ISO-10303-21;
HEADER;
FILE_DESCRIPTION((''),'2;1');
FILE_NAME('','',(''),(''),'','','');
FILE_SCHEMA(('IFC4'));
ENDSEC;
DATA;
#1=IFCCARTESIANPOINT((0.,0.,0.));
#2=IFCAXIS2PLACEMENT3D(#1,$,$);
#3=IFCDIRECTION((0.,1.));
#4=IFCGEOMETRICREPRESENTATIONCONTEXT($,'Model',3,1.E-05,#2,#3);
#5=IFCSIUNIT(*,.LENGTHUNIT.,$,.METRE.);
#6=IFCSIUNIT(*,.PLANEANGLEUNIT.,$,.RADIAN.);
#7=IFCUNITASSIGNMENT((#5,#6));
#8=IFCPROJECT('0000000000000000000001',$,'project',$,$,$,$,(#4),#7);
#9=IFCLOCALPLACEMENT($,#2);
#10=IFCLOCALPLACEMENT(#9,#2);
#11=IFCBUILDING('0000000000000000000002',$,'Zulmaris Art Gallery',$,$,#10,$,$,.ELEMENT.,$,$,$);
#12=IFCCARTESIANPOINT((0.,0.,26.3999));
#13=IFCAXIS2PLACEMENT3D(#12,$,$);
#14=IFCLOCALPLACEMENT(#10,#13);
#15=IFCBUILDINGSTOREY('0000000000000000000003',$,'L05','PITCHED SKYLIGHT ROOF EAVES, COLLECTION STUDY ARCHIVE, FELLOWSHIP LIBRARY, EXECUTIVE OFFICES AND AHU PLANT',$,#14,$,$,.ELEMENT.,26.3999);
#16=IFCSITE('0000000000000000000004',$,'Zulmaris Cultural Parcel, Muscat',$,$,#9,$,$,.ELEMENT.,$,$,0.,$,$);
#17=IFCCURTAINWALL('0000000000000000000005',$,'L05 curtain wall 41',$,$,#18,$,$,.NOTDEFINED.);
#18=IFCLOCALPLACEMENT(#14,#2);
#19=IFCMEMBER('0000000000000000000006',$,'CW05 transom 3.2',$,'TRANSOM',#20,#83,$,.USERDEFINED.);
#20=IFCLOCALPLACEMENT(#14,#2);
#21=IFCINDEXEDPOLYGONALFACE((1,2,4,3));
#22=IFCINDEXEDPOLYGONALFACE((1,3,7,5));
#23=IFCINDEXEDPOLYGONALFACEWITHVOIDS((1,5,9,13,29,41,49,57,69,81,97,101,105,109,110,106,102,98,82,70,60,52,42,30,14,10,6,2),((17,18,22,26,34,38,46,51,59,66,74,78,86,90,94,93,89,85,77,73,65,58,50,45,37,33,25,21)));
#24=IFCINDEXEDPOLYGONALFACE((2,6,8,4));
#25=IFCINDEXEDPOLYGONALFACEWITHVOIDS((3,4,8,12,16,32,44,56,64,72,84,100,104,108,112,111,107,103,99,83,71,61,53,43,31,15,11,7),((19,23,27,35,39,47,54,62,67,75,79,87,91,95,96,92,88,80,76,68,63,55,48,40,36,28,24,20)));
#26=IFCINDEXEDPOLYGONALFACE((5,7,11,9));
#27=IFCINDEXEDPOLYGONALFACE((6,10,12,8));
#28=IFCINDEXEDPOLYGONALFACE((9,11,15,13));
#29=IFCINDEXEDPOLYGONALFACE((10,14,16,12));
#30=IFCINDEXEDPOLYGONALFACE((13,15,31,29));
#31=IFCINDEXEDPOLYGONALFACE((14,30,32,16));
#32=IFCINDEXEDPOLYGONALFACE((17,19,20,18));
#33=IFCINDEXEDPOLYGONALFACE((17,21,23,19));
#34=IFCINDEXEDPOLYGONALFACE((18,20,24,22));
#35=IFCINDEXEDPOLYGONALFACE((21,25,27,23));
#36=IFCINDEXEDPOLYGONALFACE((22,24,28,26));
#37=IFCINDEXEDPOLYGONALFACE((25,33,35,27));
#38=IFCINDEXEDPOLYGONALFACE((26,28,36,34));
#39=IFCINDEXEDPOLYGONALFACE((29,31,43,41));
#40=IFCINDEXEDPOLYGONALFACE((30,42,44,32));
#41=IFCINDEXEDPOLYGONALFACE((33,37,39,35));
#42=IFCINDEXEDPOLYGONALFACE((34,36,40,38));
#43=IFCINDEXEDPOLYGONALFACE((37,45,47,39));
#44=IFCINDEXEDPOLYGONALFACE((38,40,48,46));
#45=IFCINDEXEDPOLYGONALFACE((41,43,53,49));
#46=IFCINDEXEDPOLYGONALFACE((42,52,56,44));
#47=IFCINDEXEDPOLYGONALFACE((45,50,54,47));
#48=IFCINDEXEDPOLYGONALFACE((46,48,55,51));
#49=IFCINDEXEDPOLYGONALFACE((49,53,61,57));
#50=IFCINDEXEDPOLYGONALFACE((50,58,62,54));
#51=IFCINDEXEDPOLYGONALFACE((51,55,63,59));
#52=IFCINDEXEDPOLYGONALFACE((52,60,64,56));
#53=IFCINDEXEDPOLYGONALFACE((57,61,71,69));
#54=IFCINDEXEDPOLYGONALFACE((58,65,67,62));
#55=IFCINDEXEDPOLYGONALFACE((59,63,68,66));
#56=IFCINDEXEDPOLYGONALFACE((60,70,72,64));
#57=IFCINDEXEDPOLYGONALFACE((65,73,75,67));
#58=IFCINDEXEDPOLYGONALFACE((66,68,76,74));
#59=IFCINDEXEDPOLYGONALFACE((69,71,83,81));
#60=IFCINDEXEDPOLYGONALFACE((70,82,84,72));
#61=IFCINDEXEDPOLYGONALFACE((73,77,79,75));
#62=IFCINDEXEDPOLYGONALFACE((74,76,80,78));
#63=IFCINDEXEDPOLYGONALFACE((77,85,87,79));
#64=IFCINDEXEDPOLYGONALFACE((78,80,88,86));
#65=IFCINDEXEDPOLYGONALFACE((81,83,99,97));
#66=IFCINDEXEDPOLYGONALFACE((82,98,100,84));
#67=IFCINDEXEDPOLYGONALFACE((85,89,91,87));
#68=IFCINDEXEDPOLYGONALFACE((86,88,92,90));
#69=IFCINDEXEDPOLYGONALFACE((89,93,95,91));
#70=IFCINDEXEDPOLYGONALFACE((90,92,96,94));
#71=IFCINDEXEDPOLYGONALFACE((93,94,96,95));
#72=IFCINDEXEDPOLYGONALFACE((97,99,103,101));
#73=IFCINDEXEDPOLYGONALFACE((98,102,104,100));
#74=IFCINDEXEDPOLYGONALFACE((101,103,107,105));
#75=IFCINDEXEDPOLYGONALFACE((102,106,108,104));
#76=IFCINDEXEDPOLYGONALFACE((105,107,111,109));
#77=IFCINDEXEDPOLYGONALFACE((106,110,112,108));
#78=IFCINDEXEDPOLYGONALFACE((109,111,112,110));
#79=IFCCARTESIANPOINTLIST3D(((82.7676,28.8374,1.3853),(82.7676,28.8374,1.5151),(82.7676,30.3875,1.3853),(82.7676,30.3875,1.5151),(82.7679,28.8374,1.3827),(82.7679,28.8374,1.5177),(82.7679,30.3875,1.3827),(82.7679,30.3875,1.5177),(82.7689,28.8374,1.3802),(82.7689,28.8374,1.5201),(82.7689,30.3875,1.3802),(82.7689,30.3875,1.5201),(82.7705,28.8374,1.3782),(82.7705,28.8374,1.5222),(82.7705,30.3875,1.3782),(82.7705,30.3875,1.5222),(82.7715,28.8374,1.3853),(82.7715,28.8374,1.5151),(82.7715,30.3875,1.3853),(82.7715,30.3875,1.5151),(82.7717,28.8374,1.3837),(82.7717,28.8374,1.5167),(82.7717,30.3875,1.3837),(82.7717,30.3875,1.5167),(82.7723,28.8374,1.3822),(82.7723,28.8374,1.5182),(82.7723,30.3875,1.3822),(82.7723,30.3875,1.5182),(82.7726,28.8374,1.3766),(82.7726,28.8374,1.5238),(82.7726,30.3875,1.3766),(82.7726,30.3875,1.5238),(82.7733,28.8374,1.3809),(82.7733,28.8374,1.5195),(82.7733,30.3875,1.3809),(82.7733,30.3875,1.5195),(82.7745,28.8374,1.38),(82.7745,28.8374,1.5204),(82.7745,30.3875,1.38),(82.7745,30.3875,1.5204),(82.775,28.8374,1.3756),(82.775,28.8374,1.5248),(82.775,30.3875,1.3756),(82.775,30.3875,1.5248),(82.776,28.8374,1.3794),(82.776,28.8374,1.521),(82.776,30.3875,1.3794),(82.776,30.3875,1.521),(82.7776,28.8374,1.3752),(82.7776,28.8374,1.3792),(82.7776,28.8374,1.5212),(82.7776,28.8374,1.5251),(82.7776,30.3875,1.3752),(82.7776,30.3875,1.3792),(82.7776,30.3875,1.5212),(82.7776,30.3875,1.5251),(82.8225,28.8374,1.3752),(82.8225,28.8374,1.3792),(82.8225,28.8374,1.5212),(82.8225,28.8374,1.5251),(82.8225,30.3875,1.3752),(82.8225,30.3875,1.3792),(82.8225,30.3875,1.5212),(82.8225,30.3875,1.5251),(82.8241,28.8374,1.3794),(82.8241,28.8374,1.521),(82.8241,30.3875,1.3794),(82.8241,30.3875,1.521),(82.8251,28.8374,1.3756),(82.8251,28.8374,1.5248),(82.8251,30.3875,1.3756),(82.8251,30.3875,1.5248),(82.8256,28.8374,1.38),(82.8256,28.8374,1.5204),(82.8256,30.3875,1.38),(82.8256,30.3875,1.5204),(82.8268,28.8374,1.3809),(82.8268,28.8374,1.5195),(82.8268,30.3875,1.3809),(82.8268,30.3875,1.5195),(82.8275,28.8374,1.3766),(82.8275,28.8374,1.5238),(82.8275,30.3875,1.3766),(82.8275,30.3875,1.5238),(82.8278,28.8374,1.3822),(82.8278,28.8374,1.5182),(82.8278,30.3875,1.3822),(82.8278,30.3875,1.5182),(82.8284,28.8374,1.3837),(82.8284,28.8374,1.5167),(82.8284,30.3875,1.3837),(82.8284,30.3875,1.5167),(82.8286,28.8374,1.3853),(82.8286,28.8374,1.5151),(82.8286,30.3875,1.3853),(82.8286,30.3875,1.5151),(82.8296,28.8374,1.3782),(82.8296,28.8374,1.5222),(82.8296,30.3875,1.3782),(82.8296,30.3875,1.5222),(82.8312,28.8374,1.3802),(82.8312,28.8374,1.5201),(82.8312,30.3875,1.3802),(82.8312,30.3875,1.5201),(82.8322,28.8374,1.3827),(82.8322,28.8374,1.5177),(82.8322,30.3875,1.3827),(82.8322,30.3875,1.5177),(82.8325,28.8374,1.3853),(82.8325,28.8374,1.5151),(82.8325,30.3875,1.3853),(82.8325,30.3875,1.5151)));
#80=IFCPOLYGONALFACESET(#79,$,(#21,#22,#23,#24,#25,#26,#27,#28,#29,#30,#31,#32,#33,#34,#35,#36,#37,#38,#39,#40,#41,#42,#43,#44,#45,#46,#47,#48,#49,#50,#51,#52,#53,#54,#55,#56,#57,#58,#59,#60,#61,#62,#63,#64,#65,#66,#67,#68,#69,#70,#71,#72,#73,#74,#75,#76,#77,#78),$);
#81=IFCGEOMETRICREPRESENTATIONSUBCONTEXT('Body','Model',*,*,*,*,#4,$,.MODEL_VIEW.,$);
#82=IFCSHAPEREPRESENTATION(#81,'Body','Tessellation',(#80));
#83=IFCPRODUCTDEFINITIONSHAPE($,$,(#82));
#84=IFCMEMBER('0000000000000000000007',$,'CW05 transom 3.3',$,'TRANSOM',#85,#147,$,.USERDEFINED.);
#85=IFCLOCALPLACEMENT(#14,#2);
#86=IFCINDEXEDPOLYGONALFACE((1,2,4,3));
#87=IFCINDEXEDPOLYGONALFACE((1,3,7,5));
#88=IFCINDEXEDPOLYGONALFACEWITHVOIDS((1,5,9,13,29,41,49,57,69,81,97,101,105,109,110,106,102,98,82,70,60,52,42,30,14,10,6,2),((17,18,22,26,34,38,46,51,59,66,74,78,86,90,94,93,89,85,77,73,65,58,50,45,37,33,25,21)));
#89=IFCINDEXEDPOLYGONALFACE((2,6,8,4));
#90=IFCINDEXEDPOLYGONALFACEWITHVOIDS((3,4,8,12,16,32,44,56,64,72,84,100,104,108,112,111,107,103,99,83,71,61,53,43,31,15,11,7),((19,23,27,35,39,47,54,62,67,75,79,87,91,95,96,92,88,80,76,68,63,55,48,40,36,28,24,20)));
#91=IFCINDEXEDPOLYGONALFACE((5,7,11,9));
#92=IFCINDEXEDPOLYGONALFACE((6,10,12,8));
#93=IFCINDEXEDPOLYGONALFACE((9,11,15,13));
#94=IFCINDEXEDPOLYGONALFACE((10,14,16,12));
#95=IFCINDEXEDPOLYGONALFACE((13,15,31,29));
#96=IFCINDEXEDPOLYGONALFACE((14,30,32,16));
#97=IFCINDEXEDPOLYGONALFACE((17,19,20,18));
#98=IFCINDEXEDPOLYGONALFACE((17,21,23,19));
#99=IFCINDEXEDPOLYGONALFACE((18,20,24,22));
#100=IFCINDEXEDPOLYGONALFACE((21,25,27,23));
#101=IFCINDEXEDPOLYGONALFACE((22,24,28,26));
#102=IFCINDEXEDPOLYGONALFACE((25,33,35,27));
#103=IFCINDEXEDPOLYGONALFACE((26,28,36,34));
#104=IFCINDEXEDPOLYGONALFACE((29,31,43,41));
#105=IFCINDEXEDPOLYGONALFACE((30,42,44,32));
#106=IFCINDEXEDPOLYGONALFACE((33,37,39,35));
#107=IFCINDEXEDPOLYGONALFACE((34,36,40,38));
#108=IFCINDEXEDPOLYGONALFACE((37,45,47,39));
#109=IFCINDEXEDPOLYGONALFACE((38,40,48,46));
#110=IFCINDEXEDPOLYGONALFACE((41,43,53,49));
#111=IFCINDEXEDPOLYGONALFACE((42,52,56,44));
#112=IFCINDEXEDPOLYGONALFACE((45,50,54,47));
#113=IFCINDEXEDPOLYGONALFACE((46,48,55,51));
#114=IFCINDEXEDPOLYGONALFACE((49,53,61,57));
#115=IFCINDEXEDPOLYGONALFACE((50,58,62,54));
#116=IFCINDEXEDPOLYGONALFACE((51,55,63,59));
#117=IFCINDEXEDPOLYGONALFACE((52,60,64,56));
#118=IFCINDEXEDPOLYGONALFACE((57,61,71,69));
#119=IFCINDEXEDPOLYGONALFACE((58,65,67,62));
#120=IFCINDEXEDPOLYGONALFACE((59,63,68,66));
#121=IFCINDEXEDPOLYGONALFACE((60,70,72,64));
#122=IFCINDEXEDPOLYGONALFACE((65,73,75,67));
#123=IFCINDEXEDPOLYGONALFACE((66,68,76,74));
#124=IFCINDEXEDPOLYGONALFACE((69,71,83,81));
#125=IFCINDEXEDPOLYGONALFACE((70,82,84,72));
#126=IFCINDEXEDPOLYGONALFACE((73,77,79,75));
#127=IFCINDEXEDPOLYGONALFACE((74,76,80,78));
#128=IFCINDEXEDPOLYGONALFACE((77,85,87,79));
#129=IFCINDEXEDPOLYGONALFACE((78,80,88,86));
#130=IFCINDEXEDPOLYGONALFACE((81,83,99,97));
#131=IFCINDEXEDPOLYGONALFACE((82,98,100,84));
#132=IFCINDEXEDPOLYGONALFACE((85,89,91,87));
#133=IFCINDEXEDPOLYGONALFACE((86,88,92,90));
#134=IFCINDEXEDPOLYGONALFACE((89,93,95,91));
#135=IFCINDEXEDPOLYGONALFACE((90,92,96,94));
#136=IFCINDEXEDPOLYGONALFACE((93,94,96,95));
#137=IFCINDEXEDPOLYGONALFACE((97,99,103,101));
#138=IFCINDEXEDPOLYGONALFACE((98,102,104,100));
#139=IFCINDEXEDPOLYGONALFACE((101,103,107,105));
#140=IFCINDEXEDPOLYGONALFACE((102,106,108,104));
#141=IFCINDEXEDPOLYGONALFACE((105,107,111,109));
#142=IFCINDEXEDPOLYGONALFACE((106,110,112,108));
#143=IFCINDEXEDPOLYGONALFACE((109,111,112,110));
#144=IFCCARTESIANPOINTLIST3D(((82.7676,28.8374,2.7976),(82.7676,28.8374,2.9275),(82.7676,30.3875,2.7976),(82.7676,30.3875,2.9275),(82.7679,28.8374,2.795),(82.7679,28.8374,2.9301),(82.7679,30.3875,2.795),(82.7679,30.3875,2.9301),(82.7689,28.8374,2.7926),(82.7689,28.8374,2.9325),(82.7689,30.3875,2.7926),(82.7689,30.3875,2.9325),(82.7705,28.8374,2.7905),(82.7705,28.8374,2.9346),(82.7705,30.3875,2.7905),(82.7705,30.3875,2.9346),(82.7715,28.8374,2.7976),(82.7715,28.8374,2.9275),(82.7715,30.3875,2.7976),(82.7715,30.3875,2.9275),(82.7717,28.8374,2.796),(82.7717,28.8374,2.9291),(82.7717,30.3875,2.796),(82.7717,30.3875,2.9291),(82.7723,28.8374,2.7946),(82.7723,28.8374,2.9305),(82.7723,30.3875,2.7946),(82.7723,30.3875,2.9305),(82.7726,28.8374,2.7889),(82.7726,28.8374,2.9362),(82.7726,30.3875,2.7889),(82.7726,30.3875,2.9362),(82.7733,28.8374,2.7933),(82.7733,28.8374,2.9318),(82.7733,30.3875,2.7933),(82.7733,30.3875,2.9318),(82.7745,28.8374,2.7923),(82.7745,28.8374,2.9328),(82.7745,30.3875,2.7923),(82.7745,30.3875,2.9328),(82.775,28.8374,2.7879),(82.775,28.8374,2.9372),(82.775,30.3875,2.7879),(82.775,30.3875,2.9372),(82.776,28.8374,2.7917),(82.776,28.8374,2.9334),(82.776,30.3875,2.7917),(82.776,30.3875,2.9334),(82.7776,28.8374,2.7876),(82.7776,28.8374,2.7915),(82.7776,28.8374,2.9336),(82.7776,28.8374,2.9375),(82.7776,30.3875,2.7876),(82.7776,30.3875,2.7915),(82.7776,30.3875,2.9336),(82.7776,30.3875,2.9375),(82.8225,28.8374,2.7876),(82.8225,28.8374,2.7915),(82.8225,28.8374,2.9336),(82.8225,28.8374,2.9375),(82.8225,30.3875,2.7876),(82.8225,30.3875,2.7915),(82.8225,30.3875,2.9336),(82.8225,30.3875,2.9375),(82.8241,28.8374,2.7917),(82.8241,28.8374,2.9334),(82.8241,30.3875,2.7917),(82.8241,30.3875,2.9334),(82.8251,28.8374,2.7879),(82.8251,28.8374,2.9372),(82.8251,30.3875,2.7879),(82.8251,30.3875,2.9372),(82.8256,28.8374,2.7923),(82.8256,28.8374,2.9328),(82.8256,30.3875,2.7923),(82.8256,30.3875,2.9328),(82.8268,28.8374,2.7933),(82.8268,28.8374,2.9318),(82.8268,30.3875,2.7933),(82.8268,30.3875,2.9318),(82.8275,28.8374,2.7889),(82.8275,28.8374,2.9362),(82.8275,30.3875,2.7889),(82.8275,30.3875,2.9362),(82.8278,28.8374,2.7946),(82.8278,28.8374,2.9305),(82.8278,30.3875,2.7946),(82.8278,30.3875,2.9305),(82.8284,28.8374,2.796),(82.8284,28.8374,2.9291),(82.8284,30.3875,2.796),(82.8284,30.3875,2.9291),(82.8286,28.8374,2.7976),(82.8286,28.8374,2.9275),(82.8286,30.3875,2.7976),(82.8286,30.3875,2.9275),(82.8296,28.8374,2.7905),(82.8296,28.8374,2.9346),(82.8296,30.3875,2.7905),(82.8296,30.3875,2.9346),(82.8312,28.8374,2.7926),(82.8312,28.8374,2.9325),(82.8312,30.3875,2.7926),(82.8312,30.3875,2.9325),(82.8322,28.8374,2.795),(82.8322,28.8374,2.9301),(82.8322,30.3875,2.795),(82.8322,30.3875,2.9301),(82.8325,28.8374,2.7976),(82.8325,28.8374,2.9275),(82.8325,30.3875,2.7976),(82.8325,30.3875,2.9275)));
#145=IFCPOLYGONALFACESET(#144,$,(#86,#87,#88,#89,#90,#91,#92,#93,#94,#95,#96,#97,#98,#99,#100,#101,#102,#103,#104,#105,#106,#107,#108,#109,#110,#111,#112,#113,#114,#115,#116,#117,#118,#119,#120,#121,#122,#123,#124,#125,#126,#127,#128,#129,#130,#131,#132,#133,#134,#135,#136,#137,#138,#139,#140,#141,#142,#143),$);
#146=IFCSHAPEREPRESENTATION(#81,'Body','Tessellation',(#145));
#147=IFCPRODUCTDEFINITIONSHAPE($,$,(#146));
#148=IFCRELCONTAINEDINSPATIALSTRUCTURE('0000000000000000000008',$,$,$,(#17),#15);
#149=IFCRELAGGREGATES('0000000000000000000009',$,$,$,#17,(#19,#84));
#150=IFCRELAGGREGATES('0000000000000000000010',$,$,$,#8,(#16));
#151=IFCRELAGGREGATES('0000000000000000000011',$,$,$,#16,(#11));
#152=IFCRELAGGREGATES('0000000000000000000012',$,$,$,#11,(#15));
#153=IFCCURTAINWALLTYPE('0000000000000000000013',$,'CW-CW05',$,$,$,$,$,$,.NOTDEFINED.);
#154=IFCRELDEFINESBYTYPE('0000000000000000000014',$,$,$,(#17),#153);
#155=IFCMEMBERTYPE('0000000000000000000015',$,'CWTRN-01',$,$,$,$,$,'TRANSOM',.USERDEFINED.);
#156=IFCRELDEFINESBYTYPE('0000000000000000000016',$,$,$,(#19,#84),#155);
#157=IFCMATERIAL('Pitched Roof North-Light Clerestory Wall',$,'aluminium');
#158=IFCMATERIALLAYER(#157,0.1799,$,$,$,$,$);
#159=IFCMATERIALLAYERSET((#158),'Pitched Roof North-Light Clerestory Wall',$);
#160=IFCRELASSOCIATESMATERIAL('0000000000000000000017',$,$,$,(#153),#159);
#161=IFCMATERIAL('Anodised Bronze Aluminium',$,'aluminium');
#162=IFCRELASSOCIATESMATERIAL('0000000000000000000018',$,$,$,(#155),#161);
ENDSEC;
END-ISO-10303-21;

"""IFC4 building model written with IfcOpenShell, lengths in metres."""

from ifc_helpers import new_model, si_unit, direction, frame, origin, origin_2d, place, context, subcontext, project, spatial, hollow_rectangle, extrude, material, layer, layer_set, material_profile, profile_set, type_object, element, aggregate, save


model = new_model("IFC4")

# Units and contexts
model_context = context("Model", 3, precision=1e-05, world=origin(), true_north=direction((0.0, 1.0)))
body_context = subcontext(model_context, "Body", "Model", "MODEL_VIEW")
ifc_project = project(units=[si_unit("LENGTHUNIT", "METRE"), si_unit("PLANEANGLEUNIT", "RADIAN")], contexts=[model_context])

# Site, building, storey
site_placement = place(None, origin())
site = spatial("IfcSite", under=ifc_project, at=site_placement, Name="Zulmaris Cultural Parcel, Muscat", CompositionType="ELEMENT", RefElevation=0.0)
building_placement = place(site_placement, origin())
building = spatial("IfcBuilding", under=site, at=building_placement, Name="Zulmaris Art Gallery", CompositionType="ELEMENT")
storey_placement = place(building_placement, frame((0.0, 0.0, 26.3999)))
storey = spatial("IfcBuildingStorey", under=building, at=storey_placement, Name="L05", Description="PITCHED SKYLIGHT ROOF EAVES, COLLECTION STUDY ARCHIVE, FELLOWSHIP LIBRARY, EXECUTIVE OFFICES AND AHU PLANT", CompositionType="ELEMENT", Elevation=26.3999)

# Curtain wall
ifc_material_1 = material(Name="Pitched Roof North-Light Clerestory Wall", Category="aluminium")
ifc_layer_1 = layer(ifc_material_1, 0.1799)
ifc_layer_set_1 = layer_set([ifc_layer_1], Name="Pitched Roof North-Light Clerestory Wall")
curtain_wall_type = type_object("IfcCurtainWallType", Name="CW-CW05", PredefinedType="NOTDEFINED", material=ifc_layer_set_1)
curtain_wall_1_placement = place(storey_placement, origin())
curtain_wall_1 = element("IfcCurtainWall", 1, at=curtain_wall_1_placement, inside=storey, type_object=curtain_wall_type, Name="L05 curtain wall 41", PredefinedType="NOTDEFINED")
ifc_material_2 = material(Name="Anodised Bronze Aluminium", Category="aluminium")

# Members
ifc_material_profile_1 = material_profile(ifc_material_2, hollow_rectangle(XDim=0.0649, YDim=0.1499, WallThickness=0.0039, InnerFilletRadius=0.0061, OuterFilletRadius=0.01, at=origin_2d()), Name="ALU 65x150x4")
ifc_profile_set_1 = profile_set([ifc_material_profile_1], Name="Anodised Bronze Aluminium")
member_type_1 = type_object("IfcMemberType", Name="CWTRN-01", ElementType="TRANSOM", PredefinedType="USERDEFINED", material=ifc_profile_set_1)
member_1_placement = place(storey_placement, frame((82.8, 28.8374, 1.4502), z_axis=(0.0, 1.0, 0.0), x_axis=(-1.0, 0.0, 0.0)))
member_1 = element("IfcMember", 2, at=member_1_placement, type_object=member_type_1, Name="CW05 transom 3.2", ObjectType="TRANSOM", PredefinedType="USERDEFINED", context=body_context, shape_type="SweptSolid", body=[
    extrude(hollow_rectangle(XDim=0.0649, YDim=0.1499, WallThickness=0.0039, InnerFilletRadius=0.0061, OuterFilletRadius=0.01, at=origin_2d()), origin(), (0.0, 0.0, 1.0), 1.55),
])
member_2_placement = place(storey_placement, frame((82.8, 28.8374, 2.8625), z_axis=(0.0, 1.0, 0.0), x_axis=(-1.0, 0.0, 0.0)))
member_2 = element("IfcMember", 3, at=member_2_placement, type_object=member_type_1, Name="CW05 transom 3.3", ObjectType="TRANSOM", PredefinedType="USERDEFINED", context=body_context, shape_type="SweptSolid", body=[
    extrude(hollow_rectangle(XDim=0.0649, YDim=0.1499, WallThickness=0.0039, InnerFilletRadius=0.0061, OuterFilletRadius=0.01, at=origin_2d()), origin(), (0.0, 0.0, 1.0), 1.55),
])

aggregate(curtain_wall_1, [member_1, member_2])

save(model, "model.ifc")
